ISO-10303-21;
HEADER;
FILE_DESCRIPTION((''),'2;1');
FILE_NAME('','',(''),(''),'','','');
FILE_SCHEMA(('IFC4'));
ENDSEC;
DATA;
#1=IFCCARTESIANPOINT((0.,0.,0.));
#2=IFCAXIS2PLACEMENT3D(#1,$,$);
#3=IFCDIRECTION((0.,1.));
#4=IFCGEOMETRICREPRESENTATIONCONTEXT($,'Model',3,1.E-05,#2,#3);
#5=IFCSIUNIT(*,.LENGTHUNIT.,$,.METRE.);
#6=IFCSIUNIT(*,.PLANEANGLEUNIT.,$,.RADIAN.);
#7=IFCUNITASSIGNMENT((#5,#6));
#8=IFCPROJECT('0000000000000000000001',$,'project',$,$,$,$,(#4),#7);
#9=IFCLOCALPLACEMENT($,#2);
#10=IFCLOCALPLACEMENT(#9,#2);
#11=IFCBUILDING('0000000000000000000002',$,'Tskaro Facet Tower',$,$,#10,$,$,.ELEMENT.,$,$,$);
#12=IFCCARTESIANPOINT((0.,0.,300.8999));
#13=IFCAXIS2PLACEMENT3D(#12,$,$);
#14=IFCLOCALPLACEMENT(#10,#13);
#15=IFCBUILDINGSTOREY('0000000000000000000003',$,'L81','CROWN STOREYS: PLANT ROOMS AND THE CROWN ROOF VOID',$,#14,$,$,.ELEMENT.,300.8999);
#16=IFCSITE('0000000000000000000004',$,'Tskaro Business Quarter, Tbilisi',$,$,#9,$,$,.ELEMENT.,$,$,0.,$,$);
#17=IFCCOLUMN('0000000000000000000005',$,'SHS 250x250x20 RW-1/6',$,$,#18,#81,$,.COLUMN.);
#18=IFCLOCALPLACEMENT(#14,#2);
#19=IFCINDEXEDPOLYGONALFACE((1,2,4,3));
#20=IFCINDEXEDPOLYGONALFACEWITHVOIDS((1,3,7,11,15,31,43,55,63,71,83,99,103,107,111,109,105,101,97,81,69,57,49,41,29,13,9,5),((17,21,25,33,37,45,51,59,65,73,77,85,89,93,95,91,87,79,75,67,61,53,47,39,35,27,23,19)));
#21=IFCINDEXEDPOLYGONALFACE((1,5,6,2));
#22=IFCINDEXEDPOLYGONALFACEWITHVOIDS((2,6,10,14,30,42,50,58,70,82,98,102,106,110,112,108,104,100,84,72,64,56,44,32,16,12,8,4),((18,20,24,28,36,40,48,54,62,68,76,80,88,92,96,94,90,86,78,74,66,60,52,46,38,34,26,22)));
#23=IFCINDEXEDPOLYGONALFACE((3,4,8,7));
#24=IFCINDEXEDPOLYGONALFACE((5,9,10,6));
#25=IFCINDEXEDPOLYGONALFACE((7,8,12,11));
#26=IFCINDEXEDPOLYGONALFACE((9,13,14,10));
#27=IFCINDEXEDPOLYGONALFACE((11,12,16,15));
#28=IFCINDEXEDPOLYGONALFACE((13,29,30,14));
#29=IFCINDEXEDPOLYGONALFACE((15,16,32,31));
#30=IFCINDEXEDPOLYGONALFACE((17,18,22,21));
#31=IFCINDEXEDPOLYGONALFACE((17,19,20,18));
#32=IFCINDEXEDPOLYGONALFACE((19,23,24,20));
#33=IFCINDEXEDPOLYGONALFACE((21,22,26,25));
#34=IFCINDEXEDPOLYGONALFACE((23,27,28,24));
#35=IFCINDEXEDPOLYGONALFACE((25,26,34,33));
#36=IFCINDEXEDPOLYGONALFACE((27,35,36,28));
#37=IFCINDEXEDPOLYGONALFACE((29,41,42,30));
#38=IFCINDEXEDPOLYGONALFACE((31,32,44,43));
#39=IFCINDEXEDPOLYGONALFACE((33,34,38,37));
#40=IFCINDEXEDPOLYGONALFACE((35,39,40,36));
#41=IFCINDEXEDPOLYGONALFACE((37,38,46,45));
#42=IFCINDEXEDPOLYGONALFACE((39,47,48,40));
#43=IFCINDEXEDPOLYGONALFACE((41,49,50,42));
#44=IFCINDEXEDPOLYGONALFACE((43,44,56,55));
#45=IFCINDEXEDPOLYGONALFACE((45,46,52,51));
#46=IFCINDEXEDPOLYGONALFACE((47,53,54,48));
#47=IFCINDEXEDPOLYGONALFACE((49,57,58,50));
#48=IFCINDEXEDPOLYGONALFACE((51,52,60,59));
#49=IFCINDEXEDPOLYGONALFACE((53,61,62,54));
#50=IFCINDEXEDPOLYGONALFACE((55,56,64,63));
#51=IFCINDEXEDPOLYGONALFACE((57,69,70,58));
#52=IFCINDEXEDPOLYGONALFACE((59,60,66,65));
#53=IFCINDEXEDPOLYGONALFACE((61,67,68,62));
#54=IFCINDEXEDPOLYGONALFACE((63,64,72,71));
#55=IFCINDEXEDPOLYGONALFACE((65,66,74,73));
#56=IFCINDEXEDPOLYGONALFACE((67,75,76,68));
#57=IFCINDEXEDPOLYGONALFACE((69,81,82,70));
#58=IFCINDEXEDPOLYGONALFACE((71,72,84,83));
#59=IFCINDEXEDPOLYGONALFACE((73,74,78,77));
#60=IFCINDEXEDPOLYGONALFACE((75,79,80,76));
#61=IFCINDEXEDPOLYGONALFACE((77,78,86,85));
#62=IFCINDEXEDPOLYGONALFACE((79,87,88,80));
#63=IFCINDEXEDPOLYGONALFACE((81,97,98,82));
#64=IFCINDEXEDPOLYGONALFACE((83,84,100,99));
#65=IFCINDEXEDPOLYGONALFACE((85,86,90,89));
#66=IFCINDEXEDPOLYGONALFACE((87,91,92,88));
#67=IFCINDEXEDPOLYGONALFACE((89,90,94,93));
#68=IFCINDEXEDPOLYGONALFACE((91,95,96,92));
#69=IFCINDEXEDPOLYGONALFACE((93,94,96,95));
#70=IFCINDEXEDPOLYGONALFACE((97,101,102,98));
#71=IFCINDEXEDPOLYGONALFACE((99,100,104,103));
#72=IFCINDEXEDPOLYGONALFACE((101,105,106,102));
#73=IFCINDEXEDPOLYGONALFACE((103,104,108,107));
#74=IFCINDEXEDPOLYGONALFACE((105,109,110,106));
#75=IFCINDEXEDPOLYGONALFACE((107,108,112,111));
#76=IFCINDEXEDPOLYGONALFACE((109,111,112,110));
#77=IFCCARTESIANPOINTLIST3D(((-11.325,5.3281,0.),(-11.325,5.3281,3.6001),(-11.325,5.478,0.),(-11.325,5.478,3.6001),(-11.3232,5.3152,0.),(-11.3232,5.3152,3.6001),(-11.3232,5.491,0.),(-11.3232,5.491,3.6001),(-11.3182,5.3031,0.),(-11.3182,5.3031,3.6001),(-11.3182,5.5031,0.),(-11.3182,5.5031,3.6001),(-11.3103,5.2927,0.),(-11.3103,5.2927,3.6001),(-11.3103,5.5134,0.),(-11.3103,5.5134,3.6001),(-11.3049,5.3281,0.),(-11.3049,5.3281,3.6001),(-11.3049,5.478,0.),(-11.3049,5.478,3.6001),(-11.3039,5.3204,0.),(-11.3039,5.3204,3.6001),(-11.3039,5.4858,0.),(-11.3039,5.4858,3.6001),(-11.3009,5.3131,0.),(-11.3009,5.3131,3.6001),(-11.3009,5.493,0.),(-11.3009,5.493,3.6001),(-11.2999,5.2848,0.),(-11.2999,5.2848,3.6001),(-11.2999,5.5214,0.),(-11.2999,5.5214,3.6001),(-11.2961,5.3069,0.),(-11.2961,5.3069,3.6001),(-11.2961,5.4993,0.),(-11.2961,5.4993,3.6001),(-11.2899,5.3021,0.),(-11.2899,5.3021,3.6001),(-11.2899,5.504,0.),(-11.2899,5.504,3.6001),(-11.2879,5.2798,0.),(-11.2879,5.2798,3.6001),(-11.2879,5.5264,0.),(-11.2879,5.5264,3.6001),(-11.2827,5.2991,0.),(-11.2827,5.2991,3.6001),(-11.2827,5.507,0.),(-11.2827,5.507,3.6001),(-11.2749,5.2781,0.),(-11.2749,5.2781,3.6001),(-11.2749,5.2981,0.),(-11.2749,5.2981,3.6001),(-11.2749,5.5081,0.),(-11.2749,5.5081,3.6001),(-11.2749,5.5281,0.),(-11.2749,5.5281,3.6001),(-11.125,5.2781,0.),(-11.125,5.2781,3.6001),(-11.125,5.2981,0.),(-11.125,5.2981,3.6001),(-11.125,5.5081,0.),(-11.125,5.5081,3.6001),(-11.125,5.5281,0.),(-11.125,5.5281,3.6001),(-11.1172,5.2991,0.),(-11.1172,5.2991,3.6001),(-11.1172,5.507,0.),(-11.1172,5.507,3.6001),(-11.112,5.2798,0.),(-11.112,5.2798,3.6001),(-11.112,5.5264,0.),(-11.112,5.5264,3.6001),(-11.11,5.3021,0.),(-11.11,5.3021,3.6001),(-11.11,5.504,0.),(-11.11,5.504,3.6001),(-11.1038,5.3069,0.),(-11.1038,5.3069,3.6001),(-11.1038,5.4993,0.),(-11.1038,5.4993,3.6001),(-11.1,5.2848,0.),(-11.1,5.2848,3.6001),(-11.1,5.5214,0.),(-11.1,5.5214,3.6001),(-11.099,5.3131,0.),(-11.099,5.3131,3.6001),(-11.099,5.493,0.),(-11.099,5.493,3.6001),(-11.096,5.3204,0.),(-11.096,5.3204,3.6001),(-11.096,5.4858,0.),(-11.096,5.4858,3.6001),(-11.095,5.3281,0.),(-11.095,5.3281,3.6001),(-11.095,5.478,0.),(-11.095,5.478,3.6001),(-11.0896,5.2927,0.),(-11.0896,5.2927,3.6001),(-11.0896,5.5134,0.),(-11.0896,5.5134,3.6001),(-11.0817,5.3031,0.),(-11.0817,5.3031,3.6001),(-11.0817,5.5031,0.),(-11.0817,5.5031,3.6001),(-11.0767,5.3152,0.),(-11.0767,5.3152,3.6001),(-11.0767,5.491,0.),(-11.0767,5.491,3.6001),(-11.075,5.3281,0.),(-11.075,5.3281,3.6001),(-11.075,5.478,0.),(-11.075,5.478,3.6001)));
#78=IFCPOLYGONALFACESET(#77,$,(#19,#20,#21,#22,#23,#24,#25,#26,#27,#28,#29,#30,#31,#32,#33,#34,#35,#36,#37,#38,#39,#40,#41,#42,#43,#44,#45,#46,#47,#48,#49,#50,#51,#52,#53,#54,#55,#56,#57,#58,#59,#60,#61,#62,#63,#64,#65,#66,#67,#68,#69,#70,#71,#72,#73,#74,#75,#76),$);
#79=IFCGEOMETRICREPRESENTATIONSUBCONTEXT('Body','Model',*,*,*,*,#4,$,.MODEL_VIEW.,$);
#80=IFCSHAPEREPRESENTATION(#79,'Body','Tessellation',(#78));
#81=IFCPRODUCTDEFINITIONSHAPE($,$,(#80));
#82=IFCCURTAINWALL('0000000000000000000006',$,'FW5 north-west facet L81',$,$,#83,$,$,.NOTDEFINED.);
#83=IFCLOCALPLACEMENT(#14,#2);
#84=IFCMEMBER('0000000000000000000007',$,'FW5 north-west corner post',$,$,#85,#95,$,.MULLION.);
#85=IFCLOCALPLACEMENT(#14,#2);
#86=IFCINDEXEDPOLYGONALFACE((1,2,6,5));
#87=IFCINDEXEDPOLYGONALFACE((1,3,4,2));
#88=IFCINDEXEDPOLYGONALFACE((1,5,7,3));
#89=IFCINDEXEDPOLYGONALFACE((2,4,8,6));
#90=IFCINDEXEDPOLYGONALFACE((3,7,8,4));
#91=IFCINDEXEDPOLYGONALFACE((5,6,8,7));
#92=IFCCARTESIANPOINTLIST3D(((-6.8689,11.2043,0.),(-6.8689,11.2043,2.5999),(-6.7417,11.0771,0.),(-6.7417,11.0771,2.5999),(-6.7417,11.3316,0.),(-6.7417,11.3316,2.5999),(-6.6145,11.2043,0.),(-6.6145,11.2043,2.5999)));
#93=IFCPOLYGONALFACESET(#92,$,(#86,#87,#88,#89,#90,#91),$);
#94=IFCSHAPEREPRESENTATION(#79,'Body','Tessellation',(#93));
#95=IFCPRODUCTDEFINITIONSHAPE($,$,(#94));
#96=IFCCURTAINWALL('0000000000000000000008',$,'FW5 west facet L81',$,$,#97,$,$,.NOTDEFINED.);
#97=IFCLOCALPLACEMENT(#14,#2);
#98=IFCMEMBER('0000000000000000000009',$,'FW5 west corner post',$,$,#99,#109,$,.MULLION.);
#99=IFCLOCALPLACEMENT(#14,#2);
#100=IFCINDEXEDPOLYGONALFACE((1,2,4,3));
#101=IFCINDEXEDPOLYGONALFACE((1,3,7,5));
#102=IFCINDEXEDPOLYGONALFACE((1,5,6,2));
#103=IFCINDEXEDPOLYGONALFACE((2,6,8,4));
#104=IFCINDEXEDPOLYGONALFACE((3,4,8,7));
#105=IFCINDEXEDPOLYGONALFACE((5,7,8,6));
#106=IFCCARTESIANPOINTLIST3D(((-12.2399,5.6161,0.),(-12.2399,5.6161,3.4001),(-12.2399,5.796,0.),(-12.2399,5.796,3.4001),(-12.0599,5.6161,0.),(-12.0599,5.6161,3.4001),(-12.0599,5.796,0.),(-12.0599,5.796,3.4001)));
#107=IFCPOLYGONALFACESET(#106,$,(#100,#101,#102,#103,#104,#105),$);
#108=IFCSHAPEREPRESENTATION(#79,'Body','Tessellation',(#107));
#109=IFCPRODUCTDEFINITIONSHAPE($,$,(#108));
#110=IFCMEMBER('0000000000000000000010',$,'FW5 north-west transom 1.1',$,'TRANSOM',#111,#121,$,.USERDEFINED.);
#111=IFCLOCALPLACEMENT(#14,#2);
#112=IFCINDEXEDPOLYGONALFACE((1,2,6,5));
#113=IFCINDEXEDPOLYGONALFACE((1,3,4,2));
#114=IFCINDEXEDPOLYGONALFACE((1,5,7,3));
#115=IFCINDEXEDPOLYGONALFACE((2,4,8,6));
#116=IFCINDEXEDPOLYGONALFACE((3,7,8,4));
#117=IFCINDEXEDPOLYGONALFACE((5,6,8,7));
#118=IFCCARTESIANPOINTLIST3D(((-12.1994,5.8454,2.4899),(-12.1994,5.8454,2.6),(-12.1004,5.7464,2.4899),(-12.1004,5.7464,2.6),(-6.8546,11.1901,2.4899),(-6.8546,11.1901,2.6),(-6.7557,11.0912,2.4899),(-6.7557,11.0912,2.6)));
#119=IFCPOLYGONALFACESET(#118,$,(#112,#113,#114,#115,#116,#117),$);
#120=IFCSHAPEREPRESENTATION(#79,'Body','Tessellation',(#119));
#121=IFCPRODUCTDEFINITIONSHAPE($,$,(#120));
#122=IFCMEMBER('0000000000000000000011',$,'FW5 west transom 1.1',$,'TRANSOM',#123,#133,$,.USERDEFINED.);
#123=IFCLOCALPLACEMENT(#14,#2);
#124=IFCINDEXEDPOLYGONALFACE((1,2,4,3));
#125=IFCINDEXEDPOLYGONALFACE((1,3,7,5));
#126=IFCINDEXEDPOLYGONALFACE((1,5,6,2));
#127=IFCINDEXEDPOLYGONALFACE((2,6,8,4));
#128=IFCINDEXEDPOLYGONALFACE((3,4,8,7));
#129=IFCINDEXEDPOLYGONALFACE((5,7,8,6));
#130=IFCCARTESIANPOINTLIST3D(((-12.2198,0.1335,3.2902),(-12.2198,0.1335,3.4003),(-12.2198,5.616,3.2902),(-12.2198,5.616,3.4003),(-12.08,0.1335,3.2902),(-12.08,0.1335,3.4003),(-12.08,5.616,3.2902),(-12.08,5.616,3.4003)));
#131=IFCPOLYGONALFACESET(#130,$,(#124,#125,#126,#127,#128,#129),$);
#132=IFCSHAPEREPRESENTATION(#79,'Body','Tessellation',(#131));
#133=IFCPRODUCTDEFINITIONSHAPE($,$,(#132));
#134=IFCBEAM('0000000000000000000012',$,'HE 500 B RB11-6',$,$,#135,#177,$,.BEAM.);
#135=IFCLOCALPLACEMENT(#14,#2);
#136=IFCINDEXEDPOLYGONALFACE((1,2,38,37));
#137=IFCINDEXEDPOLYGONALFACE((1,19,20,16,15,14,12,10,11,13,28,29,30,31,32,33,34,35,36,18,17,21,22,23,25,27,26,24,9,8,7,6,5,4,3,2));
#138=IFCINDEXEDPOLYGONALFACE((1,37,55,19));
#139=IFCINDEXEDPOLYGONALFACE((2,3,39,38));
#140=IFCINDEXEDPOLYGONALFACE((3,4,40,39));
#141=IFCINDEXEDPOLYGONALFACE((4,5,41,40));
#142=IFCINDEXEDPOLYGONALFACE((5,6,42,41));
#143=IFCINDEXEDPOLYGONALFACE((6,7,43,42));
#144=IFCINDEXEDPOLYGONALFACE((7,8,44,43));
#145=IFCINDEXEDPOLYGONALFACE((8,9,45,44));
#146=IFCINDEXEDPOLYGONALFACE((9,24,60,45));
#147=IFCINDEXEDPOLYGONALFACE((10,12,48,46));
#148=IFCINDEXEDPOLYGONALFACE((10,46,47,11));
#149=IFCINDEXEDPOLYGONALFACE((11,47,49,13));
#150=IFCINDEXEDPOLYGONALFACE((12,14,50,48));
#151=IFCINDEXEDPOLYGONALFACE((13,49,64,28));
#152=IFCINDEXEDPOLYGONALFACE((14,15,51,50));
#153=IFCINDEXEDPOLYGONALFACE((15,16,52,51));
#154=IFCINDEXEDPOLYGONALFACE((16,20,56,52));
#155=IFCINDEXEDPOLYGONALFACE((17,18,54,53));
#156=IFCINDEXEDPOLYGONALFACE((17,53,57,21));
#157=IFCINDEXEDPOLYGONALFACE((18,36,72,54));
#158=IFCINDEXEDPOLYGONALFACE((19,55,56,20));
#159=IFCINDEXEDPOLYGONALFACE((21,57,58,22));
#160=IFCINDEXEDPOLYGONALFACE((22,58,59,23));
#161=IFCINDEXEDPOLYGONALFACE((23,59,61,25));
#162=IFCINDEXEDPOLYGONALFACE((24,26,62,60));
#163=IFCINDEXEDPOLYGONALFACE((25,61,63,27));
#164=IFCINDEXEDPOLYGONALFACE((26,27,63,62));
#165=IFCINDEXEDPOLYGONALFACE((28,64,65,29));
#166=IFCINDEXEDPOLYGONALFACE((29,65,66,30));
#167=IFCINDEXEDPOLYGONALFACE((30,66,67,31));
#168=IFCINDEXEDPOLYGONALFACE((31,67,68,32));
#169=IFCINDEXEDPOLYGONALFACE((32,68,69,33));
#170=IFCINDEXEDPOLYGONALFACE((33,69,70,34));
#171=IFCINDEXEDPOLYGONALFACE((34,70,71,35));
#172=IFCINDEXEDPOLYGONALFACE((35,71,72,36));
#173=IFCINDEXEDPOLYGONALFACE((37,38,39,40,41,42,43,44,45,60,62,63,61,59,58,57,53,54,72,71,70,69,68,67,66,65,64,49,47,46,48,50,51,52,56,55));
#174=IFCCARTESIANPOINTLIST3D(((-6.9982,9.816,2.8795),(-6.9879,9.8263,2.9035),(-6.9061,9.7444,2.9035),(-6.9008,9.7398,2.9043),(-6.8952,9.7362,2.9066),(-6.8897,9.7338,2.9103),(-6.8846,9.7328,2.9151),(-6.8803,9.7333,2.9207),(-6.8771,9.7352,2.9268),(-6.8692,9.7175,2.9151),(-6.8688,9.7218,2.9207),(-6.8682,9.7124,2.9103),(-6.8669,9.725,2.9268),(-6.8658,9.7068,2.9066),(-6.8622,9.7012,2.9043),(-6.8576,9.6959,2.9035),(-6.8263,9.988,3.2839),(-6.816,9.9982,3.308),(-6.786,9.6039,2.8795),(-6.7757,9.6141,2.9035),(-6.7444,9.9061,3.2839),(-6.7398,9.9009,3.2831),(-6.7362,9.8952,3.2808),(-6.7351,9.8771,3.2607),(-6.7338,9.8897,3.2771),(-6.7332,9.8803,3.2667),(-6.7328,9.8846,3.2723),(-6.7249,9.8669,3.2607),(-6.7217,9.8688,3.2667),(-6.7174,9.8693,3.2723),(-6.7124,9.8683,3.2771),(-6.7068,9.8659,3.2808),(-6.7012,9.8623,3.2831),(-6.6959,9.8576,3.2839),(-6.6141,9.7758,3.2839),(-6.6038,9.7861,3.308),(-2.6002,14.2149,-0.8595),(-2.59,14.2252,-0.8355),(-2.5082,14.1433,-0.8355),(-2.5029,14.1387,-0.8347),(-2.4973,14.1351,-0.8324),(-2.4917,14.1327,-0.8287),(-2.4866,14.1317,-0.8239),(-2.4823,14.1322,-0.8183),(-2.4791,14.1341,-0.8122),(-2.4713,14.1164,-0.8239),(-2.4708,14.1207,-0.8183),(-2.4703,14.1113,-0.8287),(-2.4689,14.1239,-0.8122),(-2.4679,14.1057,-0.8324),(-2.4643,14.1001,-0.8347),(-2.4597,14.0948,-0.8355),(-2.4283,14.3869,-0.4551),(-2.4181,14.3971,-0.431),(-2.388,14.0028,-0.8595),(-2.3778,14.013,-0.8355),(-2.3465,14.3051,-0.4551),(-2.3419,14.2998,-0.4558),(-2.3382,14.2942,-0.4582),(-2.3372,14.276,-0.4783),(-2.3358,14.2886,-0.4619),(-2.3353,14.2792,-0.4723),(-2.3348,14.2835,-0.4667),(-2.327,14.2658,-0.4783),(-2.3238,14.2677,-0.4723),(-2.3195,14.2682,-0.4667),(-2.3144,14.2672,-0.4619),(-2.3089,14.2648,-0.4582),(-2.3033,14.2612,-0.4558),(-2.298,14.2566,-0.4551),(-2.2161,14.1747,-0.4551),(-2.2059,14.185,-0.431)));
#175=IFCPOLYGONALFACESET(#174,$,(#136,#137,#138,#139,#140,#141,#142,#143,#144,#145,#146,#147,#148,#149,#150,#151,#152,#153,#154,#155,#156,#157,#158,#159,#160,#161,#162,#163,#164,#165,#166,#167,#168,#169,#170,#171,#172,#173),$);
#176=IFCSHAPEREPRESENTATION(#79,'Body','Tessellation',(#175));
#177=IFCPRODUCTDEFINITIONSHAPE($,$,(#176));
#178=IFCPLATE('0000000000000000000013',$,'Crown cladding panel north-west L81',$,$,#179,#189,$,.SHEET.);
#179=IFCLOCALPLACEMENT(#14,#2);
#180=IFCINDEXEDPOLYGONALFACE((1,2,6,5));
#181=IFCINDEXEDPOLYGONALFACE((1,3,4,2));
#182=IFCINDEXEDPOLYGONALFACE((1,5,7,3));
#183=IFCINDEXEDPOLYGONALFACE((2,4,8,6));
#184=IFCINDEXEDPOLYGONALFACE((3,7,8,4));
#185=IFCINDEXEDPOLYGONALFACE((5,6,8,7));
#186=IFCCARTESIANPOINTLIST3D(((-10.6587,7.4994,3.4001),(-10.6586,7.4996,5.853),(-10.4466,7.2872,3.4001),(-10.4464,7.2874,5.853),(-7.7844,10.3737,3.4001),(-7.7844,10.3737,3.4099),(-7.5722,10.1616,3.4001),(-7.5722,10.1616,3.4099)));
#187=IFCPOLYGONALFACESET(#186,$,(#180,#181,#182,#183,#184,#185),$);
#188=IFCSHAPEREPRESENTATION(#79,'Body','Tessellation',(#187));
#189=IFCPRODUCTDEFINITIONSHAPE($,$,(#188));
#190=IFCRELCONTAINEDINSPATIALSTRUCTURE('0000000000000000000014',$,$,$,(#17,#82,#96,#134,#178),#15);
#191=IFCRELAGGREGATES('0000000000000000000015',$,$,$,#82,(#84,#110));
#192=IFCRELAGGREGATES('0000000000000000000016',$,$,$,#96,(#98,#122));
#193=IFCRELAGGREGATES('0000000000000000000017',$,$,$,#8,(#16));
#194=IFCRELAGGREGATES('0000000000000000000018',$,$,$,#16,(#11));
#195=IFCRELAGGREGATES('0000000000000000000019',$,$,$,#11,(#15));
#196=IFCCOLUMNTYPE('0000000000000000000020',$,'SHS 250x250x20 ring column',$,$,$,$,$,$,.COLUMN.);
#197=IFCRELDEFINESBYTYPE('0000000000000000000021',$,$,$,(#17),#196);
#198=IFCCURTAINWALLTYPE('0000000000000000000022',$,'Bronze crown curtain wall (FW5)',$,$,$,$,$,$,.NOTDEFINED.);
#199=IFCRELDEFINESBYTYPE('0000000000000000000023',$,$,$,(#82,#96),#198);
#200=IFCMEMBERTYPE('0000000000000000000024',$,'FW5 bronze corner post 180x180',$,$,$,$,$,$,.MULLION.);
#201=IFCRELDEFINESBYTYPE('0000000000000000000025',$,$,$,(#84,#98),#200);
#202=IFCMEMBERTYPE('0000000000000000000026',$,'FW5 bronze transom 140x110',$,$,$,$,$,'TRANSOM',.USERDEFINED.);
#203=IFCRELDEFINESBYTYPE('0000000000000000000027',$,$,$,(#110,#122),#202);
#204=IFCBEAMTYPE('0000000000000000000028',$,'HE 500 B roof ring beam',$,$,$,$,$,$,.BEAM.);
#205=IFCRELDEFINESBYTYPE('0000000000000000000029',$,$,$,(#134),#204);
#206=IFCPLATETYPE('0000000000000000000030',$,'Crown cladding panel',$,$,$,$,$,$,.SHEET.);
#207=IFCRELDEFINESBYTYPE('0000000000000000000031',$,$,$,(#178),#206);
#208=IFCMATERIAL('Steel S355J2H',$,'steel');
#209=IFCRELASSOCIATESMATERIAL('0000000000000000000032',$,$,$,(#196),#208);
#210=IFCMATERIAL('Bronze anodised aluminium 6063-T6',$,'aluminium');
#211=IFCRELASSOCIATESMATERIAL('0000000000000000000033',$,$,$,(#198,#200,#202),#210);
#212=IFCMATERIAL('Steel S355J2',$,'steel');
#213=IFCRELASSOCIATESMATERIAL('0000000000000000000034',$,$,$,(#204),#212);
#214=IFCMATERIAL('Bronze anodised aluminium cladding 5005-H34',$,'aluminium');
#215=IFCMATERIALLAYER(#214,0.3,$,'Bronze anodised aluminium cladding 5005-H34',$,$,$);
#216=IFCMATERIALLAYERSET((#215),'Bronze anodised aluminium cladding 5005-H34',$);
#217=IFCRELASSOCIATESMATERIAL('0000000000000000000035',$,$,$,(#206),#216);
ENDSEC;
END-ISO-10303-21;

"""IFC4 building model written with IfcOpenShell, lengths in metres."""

from ifc_helpers import new_model, si_unit, direction, frame, origin, origin_2d, place, context, subcontext, project, spatial, polyline, rectangle, hollow_rectangle, i_section, outline, extrude, material, layer, layer_set, material_profile, profile_set, type_object, element, aggregate, save


model = new_model("IFC4")

# Units and contexts
model_context = context("Model", 3, precision=1e-05, world=origin(), true_north=direction((0.0, 1.0)))
body_context = subcontext(model_context, "Body", "Model", "MODEL_VIEW")
ifc_project = project(units=[si_unit("LENGTHUNIT", "METRE"), si_unit("PLANEANGLEUNIT", "RADIAN")], contexts=[model_context])

# Site, building, storey
site_placement = place(None, origin())
site = spatial("IfcSite", under=ifc_project, at=site_placement, Name="Tskaro Business Quarter, Tbilisi", CompositionType="ELEMENT", RefElevation=0.0)
building_placement = place(site_placement, origin())
building = spatial("IfcBuilding", under=site, at=building_placement, Name="Tskaro Facet Tower", CompositionType="ELEMENT")
storey_placement = place(building_placement, frame((0.0, 0.0, 300.8999)))
storey = spatial("IfcBuildingStorey", under=building, at=storey_placement, Name="L81", Description="CROWN STOREYS: PLANT ROOMS AND THE CROWN ROOF VOID", CompositionType="ELEMENT", Elevation=300.8999)

# Column
ifc_material_1 = material(Name="Steel S355J2H", Category="steel")
ifc_material_profile_1 = material_profile(ifc_material_1, hollow_rectangle(XDim=0.25, YDim=0.25, WallThickness=0.02, InnerFilletRadius=0.03, OuterFilletRadius=0.05, at=origin_2d()), Name="SHS 250x250x20")
ifc_profile_set_1 = profile_set([ifc_material_profile_1], Name="Steel S355J2H")
column_type_1 = type_object("IfcColumnType", Name="SHS 250x250x20 ring column", PredefinedType="COLUMN", material=ifc_profile_set_1)
column_1_placement = place(storey_placement, frame((-11.2, 5.4031, 0.0), z_axis=(0.0, 0.0, 1.0), x_axis=(1.0, 0.0, 0.0)))
element("IfcColumn", 1, at=column_1_placement, inside=storey, type_object=column_type_1, Name="SHS 250x250x20 RW-1/6", PredefinedType="COLUMN", context=body_context, shape_type="SweptSolid", body=[
    extrude(hollow_rectangle(XDim=0.25, YDim=0.25, WallThickness=0.02, InnerFilletRadius=0.03, OuterFilletRadius=0.05, at=origin_2d()), origin(), (0.0, 0.0, 1.0), 3.6001),
])

# Curtain walls, members
ifc_material_2 = material(Name="Bronze anodised aluminium 6063-T6", Category="aluminium")
curtain_wall_type = type_object("IfcCurtainWallType", Name="Bronze crown curtain wall (FW5)", PredefinedType="NOTDEFINED", material=ifc_material_2)
curtain_wall_1_placement = place(storey_placement, origin())
curtain_wall_1 = element("IfcCurtainWall", 2, at=curtain_wall_1_placement, inside=storey, type_object=curtain_wall_type, Name="FW5 north-west facet L81", PredefinedType="NOTDEFINED")
ifc_material_profile_2 = material_profile(ifc_material_2, rectangle(XDim=0.1799, YDim=0.1799, at=origin_2d()), Name="Corner post 180x180")
ifc_profile_set_2 = profile_set([ifc_material_profile_2], Name="Bronze anodised aluminium 6063-T6")
member_type_1 = type_object("IfcMemberType", Name="FW5 bronze corner post 180x180", PredefinedType="MULLION", material=ifc_profile_set_2)
member_1_placement = place(storey_placement, frame((-6.7417, 11.2043, 0.0), z_axis=(0.0, 0.0, 1.0), x_axis=(-0.707107, -0.707107, 0.0)))
member_1 = element("IfcMember", 3, at=member_1_placement, type_object=member_type_1, Name="FW5 north-west corner post", PredefinedType="MULLION", context=body_context, shape_type="SweptSolid", body=[
    extrude(rectangle(XDim=0.1799, YDim=0.1799, at=origin_2d()), origin(), (0.0, 0.0, 1.0), 2.5999),
])
curtain_wall_2_placement = place(storey_placement, origin())
curtain_wall_2 = element("IfcCurtainWall", 4, at=curtain_wall_2_placement, inside=storey, type_object=curtain_wall_type, Name="FW5 west facet L81", PredefinedType="NOTDEFINED")
member_2_placement = place(storey_placement, frame((-12.1499, 5.7061, 0.0), z_axis=(0.0, 0.0, 1.0), x_axis=(0.0, -1.0, 0.0)))
member_2 = element("IfcMember", 5, at=member_2_placement, type_object=member_type_1, Name="FW5 west corner post", PredefinedType="MULLION", context=body_context, shape_type="SweptSolid", body=[
    extrude(rectangle(XDim=0.1799, YDim=0.1799, at=origin_2d()), origin(), (0.0, 0.0, 1.0), 3.4001),
])

# Members
ifc_material_profile_3 = material_profile(ifc_material_2, rectangle(XDim=0.1399, YDim=0.1101, at=origin_2d()), Name="Transom 140x110")
ifc_profile_set_3 = profile_set([ifc_material_profile_3], Name="Bronze anodised aluminium 6063-T6")
member_type_2 = type_object("IfcMemberType", Name="FW5 bronze transom 140x110", ElementType="TRANSOM", PredefinedType="USERDEFINED", material=ifc_profile_set_3)
member_3_placement = place(storey_placement, frame((-6.8052, 11.1406, 2.5449), z_axis=(-0.707107, -0.707107, 0.0), x_axis=(0.707107, -0.707107, 0.0)))
member_3 = element("IfcMember", 6, at=member_3_placement, type_object=member_type_2, Name="FW5 north-west transom 1.1", ObjectType="TRANSOM", PredefinedType="USERDEFINED", context=body_context, shape_type="SweptSolid", body=[
    extrude(rectangle(XDim=0.1399, YDim=0.1101, at=origin_2d()), origin(), (0.0, 0.0, 1.0), 7.5586),
])
member_4_placement = place(storey_placement, frame((-12.1499, 5.616, 3.3452), z_axis=(0.0, -1.0, 0.0), x_axis=(1.0, 0.0, 0.0)))
member_4 = element("IfcMember", 7, at=member_4_placement, type_object=member_type_2, Name="FW5 west transom 1.1", ObjectType="TRANSOM", PredefinedType="USERDEFINED", context=body_context, shape_type="SweptSolid", body=[
    extrude(rectangle(XDim=0.1399, YDim=0.1101, at=origin_2d()), origin(), (0.0, 0.0, 1.0), 5.4824),
])

# Beam
ifc_material_3 = material(Name="Steel S355J2", Category="steel")
ifc_material_profile_4 = material_profile(ifc_material_3, i_section(OverallWidth=0.3, OverallDepth=0.5, WebThickness=0.0144, FlangeThickness=0.0281, FilletRadius=0.0271, at=origin_2d()), Name="HE 500 B")
ifc_profile_set_4 = profile_set([ifc_material_profile_4], Name="Steel S355J2")
beam_type = type_object("IfcBeamType", Name="HE 500 B roof ring beam", PredefinedType="BEAM", material=ifc_profile_set_4)
beam_placement = place(storey_placement, frame((-2.4031, 14.2, -0.6453), z_axis=(-0.605979, -0.606113, 0.515186), x_axis=(0.707185, -0.707028, 0.0)))
element("IfcBeam", 8, at=beam_placement, inside=storey, type_object=beam_type, Name="HE 500 B RB11-6", PredefinedType="BEAM", context=body_context, shape_type="SweptSolid", body=[
    extrude(i_section(OverallWidth=0.3, OverallDepth=0.5, WebThickness=0.0144, FlangeThickness=0.0281, FilletRadius=0.0271, at=origin_2d()), origin(), (0.0, 0.0, 1.0), 7.2576),
])

# Plate
ifc_material_4 = material(Name="Bronze anodised aluminium cladding 5005-H34", Category="aluminium")
ifc_layer_1 = layer(ifc_material_4, 0.3, Name="Bronze anodised aluminium cladding 5005-H34")
ifc_layer_set_1 = layer_set([ifc_layer_1], Name="Bronze anodised aluminium cladding 5005-H34")
plate_type_1 = type_object("IfcPlateType", Name="Crown cladding panel", PredefinedType="SHEET", material=ifc_layer_set_1)
plate_1_placement = place(storey_placement, frame((-7.6782, 10.2676, 3.4001), z_axis=(0.0, 0.0, 1.0), x_axis=(-0.707107, -0.707107, 0.0)))
element("IfcPlate", 9, at=plate_1_placement, inside=storey, type_object=plate_type_1, Name="Crown cladding panel north-west L81", PredefinedType="SHEET", context=body_context, shape_type="SweptSolid", body=[
    extrude(outline(polyline([(0.0, 0.0), (4.0649, 0.0), (4.0647, 2.4529), (0.0, 0.0098), (0.0, 0.0)])), frame((0.0, 0.1499, 0.0), z_axis=(0.0, -1.0, 0.0), x_axis=(1.0, 0.0, 0.0)), (0.0, 0.0, 1.0), 0.3),
])
aggregate(curtain_wall_1, [member_1, member_3])
aggregate(curtain_wall_2, [member_2, member_4])

save(model, "model.ifc")
